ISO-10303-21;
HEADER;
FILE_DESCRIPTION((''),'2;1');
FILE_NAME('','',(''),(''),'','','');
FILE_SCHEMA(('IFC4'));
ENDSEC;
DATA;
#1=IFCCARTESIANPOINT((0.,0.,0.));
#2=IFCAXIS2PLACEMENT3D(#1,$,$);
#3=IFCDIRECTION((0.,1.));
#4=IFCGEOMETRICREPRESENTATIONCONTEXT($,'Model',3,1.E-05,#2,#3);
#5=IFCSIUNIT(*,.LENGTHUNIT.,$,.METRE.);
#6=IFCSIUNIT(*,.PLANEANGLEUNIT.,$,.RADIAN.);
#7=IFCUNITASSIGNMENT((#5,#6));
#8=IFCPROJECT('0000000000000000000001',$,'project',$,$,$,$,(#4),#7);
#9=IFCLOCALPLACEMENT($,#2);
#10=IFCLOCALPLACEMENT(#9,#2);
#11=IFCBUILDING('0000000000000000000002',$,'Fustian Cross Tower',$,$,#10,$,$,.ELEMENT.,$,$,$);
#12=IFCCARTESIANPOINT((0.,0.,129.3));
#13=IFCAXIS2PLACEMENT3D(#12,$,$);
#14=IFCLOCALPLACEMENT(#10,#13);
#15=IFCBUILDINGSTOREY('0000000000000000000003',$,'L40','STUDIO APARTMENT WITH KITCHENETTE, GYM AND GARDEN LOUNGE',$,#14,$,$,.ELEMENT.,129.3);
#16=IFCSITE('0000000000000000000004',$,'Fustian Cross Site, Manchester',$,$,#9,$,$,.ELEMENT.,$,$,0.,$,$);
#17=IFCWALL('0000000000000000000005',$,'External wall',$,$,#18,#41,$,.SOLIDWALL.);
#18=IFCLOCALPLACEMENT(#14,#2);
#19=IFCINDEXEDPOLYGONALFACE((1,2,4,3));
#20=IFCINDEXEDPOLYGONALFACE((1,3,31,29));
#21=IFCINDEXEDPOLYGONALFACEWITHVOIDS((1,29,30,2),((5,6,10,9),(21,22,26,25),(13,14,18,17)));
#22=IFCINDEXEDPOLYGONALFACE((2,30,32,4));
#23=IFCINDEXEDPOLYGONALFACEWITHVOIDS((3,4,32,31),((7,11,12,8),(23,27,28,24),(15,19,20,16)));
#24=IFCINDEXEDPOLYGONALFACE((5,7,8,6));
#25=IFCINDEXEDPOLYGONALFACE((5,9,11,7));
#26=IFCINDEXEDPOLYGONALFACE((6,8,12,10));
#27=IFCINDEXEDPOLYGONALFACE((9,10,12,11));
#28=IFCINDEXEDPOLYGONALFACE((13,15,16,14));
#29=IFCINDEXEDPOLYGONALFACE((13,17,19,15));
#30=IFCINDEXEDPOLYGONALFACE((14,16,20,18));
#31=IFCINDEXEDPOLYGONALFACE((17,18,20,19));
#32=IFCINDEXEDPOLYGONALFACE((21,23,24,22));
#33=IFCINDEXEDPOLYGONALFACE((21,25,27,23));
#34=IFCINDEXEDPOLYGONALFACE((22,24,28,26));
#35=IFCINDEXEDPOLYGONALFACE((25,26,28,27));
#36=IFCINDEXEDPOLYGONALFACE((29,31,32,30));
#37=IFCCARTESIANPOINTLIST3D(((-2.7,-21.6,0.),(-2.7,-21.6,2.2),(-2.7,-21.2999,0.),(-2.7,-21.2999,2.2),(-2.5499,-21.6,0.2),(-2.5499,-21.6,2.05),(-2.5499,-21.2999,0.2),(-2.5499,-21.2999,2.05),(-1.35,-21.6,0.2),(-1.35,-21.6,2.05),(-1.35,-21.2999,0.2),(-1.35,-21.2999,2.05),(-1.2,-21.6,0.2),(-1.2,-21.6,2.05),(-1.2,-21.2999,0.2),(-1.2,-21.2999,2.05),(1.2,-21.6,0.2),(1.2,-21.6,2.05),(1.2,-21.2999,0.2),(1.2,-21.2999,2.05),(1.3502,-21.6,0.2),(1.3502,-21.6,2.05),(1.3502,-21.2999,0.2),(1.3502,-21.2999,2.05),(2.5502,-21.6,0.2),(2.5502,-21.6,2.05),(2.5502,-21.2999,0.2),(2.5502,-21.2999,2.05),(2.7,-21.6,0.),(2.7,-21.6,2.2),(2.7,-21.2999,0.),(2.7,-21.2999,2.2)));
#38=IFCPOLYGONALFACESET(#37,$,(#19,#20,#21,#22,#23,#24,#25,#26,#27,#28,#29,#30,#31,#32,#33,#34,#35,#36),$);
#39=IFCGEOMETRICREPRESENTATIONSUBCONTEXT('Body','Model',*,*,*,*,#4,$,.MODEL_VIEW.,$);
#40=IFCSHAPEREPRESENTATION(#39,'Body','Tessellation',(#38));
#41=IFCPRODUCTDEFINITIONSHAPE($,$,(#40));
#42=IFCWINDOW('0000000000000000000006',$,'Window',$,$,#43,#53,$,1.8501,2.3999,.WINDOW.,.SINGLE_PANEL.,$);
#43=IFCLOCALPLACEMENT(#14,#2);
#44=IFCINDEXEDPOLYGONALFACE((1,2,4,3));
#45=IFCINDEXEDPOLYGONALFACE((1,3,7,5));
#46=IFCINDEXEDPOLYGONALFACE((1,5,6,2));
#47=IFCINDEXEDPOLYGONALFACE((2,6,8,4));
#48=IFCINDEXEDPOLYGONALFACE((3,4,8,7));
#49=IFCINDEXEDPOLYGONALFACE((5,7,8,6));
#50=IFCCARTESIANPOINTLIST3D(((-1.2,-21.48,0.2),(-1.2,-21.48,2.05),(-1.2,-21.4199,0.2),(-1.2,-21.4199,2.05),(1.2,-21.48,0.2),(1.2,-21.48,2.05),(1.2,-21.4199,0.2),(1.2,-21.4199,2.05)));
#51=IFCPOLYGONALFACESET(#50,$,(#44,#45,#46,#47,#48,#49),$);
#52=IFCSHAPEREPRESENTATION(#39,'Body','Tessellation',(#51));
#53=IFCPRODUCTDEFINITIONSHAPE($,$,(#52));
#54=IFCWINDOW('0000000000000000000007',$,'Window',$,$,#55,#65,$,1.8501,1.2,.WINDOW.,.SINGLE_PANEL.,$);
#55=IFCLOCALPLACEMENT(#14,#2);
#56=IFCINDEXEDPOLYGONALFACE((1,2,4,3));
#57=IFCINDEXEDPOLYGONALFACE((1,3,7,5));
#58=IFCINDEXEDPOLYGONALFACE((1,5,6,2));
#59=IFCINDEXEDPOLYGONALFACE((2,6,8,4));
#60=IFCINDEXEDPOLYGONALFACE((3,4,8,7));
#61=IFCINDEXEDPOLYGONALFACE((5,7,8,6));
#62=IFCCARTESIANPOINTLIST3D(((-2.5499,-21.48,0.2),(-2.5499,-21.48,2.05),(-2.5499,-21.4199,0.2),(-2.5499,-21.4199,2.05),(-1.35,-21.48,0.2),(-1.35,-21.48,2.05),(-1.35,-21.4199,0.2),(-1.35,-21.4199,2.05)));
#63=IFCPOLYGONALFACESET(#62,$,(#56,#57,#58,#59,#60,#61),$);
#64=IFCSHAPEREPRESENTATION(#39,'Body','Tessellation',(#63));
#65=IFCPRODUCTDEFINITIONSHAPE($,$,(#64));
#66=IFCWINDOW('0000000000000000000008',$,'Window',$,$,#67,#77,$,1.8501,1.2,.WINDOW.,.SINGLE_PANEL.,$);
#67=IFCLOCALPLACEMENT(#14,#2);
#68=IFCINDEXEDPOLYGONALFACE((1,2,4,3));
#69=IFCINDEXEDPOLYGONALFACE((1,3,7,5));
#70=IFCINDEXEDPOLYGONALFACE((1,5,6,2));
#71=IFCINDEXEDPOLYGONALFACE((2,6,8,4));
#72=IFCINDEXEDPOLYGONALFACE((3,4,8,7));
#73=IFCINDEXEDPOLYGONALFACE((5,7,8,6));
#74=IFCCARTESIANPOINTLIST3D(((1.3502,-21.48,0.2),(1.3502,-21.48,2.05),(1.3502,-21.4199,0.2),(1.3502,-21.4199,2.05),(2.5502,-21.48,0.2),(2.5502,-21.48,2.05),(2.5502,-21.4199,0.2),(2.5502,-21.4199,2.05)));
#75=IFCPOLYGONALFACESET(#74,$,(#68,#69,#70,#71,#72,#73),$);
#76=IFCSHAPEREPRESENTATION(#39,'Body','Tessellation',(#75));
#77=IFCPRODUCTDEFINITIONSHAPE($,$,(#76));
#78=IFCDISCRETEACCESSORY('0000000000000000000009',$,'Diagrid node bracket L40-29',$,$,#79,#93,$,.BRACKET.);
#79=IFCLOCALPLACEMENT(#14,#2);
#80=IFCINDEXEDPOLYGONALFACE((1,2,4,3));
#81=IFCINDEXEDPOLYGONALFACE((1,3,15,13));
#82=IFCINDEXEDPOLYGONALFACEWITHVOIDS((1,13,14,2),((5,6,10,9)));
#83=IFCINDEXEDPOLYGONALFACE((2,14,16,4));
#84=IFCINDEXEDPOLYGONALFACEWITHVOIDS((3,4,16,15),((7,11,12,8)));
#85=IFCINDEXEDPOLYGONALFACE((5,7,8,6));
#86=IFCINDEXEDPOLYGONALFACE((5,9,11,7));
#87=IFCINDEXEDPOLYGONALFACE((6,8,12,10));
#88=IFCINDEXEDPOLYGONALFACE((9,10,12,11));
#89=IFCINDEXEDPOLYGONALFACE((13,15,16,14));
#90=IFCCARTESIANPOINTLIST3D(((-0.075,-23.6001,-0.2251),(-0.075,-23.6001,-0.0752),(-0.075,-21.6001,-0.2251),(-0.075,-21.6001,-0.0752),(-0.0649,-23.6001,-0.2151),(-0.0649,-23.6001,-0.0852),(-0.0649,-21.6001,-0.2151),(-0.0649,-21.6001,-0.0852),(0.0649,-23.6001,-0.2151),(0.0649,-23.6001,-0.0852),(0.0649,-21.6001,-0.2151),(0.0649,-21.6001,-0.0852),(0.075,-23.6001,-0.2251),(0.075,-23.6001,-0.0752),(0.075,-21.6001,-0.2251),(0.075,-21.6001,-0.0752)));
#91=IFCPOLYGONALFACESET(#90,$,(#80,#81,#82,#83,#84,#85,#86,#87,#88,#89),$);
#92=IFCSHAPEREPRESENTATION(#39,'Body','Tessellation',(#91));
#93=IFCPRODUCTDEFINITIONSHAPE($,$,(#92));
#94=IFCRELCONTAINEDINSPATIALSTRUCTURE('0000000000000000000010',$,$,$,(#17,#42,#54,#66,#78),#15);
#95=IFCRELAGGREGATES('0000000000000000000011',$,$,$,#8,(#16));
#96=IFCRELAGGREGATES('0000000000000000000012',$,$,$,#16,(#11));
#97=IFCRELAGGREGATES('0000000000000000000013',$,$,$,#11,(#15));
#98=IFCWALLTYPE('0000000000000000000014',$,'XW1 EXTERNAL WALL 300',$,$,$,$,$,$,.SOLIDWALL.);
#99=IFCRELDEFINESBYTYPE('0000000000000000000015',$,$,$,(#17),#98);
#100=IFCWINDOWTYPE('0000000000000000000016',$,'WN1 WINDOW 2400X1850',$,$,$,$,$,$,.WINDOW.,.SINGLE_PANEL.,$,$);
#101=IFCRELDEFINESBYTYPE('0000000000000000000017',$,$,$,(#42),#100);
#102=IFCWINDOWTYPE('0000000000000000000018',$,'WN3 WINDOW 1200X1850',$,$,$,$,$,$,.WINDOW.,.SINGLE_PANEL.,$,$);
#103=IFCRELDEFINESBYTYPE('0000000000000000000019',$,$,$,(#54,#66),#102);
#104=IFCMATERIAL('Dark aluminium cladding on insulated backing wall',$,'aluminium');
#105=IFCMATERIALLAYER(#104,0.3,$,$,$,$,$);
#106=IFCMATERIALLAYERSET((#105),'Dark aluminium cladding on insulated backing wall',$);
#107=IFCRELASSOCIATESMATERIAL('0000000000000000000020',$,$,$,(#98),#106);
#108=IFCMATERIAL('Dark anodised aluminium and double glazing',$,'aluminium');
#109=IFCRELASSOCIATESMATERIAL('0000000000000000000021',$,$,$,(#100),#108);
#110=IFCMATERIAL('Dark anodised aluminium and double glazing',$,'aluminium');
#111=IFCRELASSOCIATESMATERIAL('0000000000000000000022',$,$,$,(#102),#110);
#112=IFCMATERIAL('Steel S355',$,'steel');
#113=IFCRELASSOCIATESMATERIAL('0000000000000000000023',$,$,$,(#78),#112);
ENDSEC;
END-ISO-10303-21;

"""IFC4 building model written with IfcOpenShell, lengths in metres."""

from ifc_helpers import new_model, si_unit, direction, frame, frame_2d, origin, origin_2d, place, context, subcontext, project, spatial, rectangle, hollow_rectangle, extrude, material, layer, layer_set, type_object, element, fill, save


model = new_model("IFC4")

# Units and contexts
model_context = context("Model", 3, precision=1e-05, world=origin(), true_north=direction((0.0, 1.0)))
body_context = subcontext(model_context, "Body", "Model", "MODEL_VIEW")
ifc_project = project(units=[si_unit("LENGTHUNIT", "METRE"), si_unit("PLANEANGLEUNIT", "RADIAN")], contexts=[model_context])

# Site, building, storey
site_placement = place(None, origin())
site = spatial("IfcSite", under=ifc_project, at=site_placement, Name="Fustian Cross Site, Manchester", CompositionType="ELEMENT", RefElevation=0.0)
building_placement = place(site_placement, origin())
building = spatial("IfcBuilding", under=site, at=building_placement, Name="Fustian Cross Tower", CompositionType="ELEMENT")
storey_placement = place(building_placement, frame((0.0, 0.0, 129.3)))
storey = spatial("IfcBuildingStorey", under=building, at=storey_placement, Name="L40", Description="STUDIO APARTMENT WITH KITCHENETTE, GYM AND GARDEN LOUNGE", CompositionType="ELEMENT", Elevation=129.3)

# Shared definitions
ifc_material_1 = material(Name="Dark aluminium cladding on insulated backing wall", Category="aluminium")
ifc_layer_1 = layer(ifc_material_1, 0.3)
ifc_layer_set_1 = layer_set([ifc_layer_1], Name="Dark aluminium cladding on insulated backing wall")
wall_type_1 = type_object("IfcWallType", Name="XW1 EXTERNAL WALL 300", PredefinedType="SOLIDWALL", material=ifc_layer_set_1)

# Wall, openings, windows
wall_1_placement = place(storey_placement, frame((-2.7, -21.45, 0.0), z_axis=(0.0, 0.0, 1.0), x_axis=(1.0, 0.0, 0.0)))
wall_1 = element("IfcWall", 1, at=wall_1_placement, inside=storey, type_object=wall_type_1, Name="External wall", PredefinedType="SOLIDWALL", context=body_context, shape_type="SweptSolid", body=[
    extrude(rectangle(XDim=5.3999, YDim=0.3, at=frame_2d((2.7, 0.0))), origin(), (0.0, 0.0, 1.0), 2.2),
])
opening_1_placement = place(wall_1_placement, frame((1.5, 0.0, 0.2)))
opening_1 = element("IfcOpeningElement", 2, at=opening_1_placement, cuts=wall_1, PredefinedType="OPENING", context=body_context, shape_type="SweptSolid", body=[
    extrude(rectangle(XDim=2.3999, YDim=1.8501, at=frame_2d((1.2, 0.925))), frame((0.0, 0.1599, 0.0), z_axis=(0.0, -1.0, 0.0), x_axis=(1.0, 0.0, 0.0)), (0.0, 0.0, 1.0), 0.3201),
])
opening_2_placement = place(wall_1_placement, frame((0.1499, 0.0, 0.2)))
opening_2 = element("IfcOpeningElement", 3, at=opening_2_placement, cuts=wall_1, PredefinedType="OPENING", context=body_context, shape_type="SweptSolid", body=[
    extrude(rectangle(XDim=1.2, YDim=1.8501, at=frame_2d((0.6001, 0.925))), frame((0.0, 0.1599, 0.0), z_axis=(0.0, -1.0, 0.0), x_axis=(1.0, 0.0, 0.0)), (0.0, 0.0, 1.0), 0.3201),
])
opening_3_placement = place(wall_1_placement, frame((4.05, 0.0, 0.2)))
opening_3 = element("IfcOpeningElement", 4, at=opening_3_placement, cuts=wall_1, PredefinedType="OPENING", context=body_context, shape_type="SweptSolid", body=[
    extrude(rectangle(XDim=1.2, YDim=1.8501, at=frame_2d((0.6001, 0.925))), frame((0.0, 0.1599, 0.0), z_axis=(0.0, -1.0, 0.0), x_axis=(1.0, 0.0, 0.0)), (0.0, 0.0, 1.0), 0.3201),
])
ifc_material_2 = material(Name="Dark anodised aluminium and double glazing", Category="aluminium")
window_type_1 = type_object("IfcWindowType", Name="WN1 WINDOW 2400X1850", PartitioningType="SINGLE_PANEL", PredefinedType="WINDOW", material=ifc_material_2)
window_1_placement = place(opening_1_placement, origin())
window_1 = element("IfcWindow", 5, at=window_1_placement, inside=storey, type_object=window_type_1, Name="Window", OverallHeight=1.8501, OverallWidth=2.3999, PartitioningType="SINGLE_PANEL", PredefinedType="WINDOW", context=body_context, shape_type="SweptSolid", body=[
    extrude(rectangle(XDim=2.3999, YDim=1.8501, at=frame_2d((1.2, 0.925))), frame((0.0, 0.03, 0.0), z_axis=(0.0, -1.0, 0.0), x_axis=(1.0, 0.0, 0.0)), (0.0, 0.0, 1.0), 0.0601),
])
fill(opening_1, window_1)
ifc_material_3 = material(Name="Dark anodised aluminium and double glazing", Category="aluminium")
window_type_2 = type_object("IfcWindowType", Name="WN3 WINDOW 1200X1850", PartitioningType="SINGLE_PANEL", PredefinedType="WINDOW", material=ifc_material_3)
window_2_placement = place(opening_2_placement, origin())
window_2 = element("IfcWindow", 6, at=window_2_placement, inside=storey, type_object=window_type_2, Name="Window", OverallHeight=1.8501, OverallWidth=1.2, PartitioningType="SINGLE_PANEL", PredefinedType="WINDOW", context=body_context, shape_type="SweptSolid", body=[
    extrude(rectangle(XDim=1.2, YDim=1.8501, at=frame_2d((0.6001, 0.925))), frame((0.0, 0.03, 0.0), z_axis=(0.0, -1.0, 0.0), x_axis=(1.0, 0.0, 0.0)), (0.0, 0.0, 1.0), 0.0601),
])
fill(opening_2, window_2)
window_3_placement = place(opening_3_placement, origin())
window_3 = element("IfcWindow", 7, at=window_3_placement, inside=storey, type_object=window_type_2, Name="Window", OverallHeight=1.8501, OverallWidth=1.2, PartitioningType="SINGLE_PANEL", PredefinedType="WINDOW", context=body_context, shape_type="SweptSolid", body=[
    extrude(rectangle(XDim=1.2, YDim=1.8501, at=frame_2d((0.6001, 0.925))), frame((0.0, 0.03, 0.0), z_axis=(0.0, -1.0, 0.0), x_axis=(1.0, 0.0, 0.0)), (0.0, 0.0, 1.0), 0.0601),
])
fill(opening_3, window_3)

# Discrete accessory
ifc_material_4 = material(Name="Steel S355", Category="steel")
discrete_accessory_placement = place(storey_placement, frame((0.0, -23.6001, -0.1501), z_axis=(0.0, 1.0, 0.0), x_axis=(-1.0, 0.0, 0.0)))
element("IfcDiscreteAccessory", 8, at=discrete_accessory_placement, inside=storey, material=ifc_material_4, Name="Diagrid node bracket L40-29", PredefinedType="BRACKET", context=body_context, shape_type="SweptSolid", body=[
    extrude(hollow_rectangle(XDim=0.1499, YDim=0.1499, WallThickness=0.01, at=origin_2d()), origin(), (0.0, 0.0, 1.0), 2.0),
])

save(model, "model.ifc")
